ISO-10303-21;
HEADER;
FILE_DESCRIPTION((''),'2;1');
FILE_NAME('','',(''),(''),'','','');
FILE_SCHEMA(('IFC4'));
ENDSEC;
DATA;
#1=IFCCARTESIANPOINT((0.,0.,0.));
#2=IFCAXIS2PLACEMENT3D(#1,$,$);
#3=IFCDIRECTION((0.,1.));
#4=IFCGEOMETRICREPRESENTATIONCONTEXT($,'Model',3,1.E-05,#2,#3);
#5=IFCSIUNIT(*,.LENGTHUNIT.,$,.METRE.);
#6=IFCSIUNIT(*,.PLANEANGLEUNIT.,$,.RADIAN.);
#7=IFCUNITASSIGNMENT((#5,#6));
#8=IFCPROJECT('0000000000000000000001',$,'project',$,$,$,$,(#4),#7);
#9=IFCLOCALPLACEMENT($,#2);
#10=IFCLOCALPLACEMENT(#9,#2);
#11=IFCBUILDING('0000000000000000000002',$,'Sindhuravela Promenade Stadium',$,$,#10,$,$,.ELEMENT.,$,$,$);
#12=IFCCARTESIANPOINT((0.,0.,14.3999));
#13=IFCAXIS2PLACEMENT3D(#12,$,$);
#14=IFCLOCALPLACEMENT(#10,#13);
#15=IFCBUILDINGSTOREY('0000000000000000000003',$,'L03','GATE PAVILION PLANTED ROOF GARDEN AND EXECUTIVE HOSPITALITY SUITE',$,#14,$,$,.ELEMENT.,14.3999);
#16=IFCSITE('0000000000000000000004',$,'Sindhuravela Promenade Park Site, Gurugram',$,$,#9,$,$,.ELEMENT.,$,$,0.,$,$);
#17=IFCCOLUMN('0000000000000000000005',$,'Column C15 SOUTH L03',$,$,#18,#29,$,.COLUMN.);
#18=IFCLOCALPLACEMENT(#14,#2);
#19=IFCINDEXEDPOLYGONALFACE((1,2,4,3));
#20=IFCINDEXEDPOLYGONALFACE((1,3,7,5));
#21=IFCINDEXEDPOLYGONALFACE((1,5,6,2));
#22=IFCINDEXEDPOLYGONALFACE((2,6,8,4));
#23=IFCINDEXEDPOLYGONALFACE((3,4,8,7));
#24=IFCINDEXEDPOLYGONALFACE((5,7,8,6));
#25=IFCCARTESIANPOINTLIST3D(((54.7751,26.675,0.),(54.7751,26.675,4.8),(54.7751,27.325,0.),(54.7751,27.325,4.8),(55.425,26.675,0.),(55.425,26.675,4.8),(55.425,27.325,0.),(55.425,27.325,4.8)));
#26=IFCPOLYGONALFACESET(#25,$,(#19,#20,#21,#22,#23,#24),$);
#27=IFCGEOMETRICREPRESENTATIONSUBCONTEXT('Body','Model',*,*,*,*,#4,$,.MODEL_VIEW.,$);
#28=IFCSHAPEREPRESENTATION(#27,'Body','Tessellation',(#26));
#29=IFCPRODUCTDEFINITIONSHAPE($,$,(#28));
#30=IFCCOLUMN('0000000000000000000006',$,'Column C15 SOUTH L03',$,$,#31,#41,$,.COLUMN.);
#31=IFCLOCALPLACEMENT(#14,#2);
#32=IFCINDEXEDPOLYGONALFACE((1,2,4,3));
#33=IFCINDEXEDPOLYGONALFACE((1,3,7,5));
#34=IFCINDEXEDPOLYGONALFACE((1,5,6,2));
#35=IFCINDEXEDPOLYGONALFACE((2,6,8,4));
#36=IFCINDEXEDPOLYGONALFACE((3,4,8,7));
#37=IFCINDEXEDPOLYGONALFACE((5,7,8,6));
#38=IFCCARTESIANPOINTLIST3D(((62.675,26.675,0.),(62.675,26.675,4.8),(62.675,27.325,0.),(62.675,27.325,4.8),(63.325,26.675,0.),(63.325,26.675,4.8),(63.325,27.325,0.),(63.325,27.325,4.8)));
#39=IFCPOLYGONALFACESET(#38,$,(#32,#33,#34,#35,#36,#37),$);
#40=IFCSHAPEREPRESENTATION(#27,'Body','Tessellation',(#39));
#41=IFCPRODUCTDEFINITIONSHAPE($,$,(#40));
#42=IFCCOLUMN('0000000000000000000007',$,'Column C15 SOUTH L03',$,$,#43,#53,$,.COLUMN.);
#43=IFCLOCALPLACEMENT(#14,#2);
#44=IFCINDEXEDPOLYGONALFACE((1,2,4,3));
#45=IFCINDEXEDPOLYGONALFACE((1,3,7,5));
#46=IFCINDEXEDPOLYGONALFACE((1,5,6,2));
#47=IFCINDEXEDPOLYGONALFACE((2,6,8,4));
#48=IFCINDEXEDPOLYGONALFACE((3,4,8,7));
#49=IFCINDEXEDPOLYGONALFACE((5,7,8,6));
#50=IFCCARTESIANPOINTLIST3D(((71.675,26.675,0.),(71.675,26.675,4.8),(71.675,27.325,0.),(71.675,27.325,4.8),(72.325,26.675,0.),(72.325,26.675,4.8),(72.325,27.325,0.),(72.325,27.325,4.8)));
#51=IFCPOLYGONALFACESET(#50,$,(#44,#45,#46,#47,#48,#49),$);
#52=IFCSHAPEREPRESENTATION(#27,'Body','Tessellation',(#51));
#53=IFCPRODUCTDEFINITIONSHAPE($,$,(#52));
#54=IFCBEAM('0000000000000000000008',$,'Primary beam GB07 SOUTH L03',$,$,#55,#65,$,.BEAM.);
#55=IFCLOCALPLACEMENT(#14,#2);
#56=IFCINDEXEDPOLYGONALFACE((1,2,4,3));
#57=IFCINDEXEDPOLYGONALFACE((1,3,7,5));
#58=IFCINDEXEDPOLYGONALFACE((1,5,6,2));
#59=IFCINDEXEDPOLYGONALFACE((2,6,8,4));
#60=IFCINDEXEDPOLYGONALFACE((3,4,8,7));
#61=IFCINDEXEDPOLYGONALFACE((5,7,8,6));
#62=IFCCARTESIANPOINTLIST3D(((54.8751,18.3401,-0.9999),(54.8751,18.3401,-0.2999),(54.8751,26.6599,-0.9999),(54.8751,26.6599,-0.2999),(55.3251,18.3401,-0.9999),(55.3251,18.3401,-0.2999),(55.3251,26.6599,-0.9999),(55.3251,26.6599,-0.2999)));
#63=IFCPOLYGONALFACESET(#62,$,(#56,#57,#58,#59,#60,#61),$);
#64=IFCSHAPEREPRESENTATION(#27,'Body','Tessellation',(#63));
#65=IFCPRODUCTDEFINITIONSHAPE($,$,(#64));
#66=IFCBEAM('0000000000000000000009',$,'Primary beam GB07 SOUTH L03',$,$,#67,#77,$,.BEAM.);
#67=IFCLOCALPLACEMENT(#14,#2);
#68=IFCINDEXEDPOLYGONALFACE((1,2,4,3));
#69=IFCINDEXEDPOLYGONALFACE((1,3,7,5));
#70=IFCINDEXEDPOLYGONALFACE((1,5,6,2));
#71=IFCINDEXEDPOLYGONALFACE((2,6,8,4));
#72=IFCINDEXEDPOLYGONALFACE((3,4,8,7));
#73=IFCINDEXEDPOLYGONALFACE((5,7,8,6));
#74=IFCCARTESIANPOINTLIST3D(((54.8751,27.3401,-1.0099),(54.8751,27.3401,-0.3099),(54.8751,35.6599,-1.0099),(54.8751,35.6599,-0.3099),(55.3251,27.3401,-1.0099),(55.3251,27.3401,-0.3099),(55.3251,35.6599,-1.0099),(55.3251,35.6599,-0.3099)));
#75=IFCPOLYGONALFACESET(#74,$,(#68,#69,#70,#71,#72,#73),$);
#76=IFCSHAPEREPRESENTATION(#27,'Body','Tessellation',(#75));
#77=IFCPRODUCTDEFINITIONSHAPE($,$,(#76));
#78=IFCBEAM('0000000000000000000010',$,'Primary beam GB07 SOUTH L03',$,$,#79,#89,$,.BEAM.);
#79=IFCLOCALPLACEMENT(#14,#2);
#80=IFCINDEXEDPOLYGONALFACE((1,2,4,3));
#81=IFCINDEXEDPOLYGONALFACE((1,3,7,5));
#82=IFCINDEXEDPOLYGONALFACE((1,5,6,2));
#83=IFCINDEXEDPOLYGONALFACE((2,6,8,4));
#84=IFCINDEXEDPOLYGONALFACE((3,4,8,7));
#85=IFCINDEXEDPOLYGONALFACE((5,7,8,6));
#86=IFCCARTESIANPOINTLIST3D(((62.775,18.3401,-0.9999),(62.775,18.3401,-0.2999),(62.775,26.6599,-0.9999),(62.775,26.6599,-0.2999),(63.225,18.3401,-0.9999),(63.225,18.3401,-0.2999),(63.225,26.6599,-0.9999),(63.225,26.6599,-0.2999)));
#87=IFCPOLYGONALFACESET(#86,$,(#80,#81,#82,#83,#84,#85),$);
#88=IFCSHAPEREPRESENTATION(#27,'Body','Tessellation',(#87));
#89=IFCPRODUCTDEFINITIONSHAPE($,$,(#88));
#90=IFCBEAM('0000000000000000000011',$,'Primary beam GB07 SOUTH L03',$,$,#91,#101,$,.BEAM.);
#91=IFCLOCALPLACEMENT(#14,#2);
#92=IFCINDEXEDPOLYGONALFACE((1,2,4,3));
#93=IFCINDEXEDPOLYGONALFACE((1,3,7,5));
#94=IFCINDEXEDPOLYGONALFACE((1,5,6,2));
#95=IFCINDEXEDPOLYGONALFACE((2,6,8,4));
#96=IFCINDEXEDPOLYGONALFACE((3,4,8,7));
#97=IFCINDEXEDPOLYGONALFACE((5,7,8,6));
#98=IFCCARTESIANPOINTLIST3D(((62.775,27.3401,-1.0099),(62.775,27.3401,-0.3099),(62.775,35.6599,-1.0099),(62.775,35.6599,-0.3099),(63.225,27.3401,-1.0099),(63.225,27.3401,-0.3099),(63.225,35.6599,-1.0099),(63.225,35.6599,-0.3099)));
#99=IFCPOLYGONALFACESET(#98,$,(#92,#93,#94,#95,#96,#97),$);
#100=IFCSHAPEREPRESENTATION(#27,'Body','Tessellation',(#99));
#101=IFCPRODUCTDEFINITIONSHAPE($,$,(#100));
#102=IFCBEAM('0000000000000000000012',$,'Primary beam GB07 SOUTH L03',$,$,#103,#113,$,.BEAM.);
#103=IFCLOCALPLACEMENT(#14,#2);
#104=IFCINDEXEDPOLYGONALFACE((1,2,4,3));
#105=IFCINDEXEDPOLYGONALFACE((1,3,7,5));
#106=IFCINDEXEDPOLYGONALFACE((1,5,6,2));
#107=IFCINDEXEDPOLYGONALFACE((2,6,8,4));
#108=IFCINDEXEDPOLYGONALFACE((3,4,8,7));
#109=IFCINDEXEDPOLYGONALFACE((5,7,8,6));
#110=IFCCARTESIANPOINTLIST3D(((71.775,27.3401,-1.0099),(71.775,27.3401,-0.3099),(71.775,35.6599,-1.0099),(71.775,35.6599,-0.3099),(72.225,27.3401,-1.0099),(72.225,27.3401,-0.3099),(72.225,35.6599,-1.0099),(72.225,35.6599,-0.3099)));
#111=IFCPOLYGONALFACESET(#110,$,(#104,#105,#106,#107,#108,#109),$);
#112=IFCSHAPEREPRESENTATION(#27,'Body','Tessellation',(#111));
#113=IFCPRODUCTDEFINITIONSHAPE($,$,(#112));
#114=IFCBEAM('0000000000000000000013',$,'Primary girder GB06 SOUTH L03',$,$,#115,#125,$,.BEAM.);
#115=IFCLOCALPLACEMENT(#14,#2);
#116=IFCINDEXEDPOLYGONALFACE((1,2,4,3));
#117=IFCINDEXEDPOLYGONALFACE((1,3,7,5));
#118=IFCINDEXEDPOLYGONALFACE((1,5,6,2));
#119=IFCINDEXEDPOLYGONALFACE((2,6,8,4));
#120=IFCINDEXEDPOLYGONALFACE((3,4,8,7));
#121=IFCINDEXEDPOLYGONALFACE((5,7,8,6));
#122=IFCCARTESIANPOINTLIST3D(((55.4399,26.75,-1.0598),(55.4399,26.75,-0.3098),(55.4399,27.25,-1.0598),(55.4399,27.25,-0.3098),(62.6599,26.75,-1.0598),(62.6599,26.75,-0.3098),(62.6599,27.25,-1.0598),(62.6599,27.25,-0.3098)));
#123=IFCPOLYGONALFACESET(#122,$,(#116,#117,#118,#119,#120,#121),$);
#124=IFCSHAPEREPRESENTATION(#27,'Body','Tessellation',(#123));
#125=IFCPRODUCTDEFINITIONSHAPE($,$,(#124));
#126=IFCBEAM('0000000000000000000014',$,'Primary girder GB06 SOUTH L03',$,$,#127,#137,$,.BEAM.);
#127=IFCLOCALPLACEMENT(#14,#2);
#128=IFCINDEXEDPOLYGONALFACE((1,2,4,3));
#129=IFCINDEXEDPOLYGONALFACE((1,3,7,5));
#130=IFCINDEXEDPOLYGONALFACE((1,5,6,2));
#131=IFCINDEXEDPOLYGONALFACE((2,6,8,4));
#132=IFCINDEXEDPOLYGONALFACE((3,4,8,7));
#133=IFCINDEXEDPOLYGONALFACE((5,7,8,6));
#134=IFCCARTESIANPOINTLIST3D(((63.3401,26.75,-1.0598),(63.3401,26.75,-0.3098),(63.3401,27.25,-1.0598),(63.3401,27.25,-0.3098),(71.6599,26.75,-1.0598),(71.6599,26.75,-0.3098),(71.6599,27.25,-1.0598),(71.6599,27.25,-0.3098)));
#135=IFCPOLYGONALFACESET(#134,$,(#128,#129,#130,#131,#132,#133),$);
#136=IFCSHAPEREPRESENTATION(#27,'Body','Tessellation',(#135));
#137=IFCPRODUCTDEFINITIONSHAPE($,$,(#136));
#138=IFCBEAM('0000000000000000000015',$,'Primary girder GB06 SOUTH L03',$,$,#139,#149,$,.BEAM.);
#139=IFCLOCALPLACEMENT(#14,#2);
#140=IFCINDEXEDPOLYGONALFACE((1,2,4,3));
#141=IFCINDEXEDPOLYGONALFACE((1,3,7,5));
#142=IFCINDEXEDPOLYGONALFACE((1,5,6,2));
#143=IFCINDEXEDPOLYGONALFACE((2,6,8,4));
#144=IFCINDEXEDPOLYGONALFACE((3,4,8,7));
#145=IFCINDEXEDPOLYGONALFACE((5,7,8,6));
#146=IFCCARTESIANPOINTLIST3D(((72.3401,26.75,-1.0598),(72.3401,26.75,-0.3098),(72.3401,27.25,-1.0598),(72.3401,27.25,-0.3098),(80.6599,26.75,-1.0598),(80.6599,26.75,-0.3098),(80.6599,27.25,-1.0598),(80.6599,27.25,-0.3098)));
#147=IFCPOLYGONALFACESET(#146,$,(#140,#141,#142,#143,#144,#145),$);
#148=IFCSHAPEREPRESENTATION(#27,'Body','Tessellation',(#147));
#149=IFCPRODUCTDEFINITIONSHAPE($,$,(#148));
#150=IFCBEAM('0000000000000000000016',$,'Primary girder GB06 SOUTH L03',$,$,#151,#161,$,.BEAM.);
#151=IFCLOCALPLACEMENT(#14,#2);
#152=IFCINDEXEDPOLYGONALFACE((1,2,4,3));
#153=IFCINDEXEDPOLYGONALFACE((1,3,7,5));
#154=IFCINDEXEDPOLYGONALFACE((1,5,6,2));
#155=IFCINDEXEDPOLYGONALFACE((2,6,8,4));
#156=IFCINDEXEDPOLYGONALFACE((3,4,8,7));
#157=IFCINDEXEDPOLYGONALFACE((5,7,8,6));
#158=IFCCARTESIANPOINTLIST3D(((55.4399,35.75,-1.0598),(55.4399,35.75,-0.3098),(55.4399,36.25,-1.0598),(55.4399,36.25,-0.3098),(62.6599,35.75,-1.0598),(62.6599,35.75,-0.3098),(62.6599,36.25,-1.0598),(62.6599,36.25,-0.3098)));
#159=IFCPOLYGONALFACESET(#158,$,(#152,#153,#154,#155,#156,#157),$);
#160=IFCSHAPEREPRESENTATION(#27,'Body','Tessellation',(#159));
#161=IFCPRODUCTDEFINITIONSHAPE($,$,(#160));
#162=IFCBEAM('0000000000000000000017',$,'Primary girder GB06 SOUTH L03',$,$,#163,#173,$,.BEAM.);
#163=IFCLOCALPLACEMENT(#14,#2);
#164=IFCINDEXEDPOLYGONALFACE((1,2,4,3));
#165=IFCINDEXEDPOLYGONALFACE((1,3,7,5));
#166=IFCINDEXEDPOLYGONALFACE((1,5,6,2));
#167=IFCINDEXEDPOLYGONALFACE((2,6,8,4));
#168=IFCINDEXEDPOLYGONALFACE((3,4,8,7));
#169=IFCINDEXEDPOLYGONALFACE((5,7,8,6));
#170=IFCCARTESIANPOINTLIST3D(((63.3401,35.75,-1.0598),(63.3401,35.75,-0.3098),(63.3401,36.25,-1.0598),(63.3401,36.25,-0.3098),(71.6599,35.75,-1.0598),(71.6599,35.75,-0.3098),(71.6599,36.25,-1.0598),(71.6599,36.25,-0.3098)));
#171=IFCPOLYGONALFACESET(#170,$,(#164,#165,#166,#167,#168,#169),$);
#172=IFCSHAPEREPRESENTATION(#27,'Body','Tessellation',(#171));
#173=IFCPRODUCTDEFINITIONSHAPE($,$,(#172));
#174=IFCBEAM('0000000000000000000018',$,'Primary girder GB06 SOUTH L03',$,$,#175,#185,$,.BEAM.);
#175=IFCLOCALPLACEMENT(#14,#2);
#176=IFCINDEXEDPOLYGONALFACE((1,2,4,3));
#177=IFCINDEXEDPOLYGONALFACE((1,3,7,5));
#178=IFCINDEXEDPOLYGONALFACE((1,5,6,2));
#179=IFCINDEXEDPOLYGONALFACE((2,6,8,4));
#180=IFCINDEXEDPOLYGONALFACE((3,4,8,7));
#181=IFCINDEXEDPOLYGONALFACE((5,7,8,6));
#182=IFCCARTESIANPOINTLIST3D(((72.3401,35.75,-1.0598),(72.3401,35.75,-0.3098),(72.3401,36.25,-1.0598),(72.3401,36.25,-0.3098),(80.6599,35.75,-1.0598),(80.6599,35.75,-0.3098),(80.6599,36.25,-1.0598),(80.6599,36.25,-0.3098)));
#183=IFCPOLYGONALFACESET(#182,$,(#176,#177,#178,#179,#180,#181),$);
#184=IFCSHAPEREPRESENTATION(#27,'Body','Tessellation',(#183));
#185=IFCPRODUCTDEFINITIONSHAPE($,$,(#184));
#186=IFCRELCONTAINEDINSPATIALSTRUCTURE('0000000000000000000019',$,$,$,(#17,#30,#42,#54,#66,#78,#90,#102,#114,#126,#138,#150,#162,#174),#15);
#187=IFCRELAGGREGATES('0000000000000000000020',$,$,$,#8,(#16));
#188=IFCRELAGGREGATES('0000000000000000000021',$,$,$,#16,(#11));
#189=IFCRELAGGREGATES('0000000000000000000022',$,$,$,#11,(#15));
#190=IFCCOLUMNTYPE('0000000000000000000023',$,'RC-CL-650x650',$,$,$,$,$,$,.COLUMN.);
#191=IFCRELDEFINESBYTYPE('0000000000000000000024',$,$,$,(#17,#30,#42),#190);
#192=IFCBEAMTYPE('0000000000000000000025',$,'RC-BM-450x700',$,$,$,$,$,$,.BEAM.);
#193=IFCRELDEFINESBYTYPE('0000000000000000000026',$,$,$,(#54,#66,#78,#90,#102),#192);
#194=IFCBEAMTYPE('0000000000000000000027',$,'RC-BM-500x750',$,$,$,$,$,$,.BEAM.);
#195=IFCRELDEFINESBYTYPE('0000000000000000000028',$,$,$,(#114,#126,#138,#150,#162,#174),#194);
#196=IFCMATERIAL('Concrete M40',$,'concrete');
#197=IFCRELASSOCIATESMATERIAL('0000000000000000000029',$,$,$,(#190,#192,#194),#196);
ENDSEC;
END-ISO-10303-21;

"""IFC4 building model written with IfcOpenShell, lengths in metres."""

from ifc_helpers import new_model, si_unit, direction, frame, origin, origin_2d, place, context, subcontext, project, spatial, rectangle, extrude, material, material_profile, profile_set, type_object, element, save


model = new_model("IFC4")

# Units and contexts
model_context = context("Model", 3, precision=1e-05, world=origin(), true_north=direction((0.0, 1.0)))
body_context = subcontext(model_context, "Body", "Model", "MODEL_VIEW")
ifc_project = project(units=[si_unit("LENGTHUNIT", "METRE"), si_unit("PLANEANGLEUNIT", "RADIAN")], contexts=[model_context])

# Site, building, storey
site_placement = place(None, origin())
site = spatial("IfcSite", under=ifc_project, at=site_placement, Name="Sindhuravela Promenade Park Site, Gurugram", CompositionType="ELEMENT", RefElevation=0.0)
building_placement = place(site_placement, origin())
building = spatial("IfcBuilding", under=site, at=building_placement, Name="Sindhuravela Promenade Stadium", CompositionType="ELEMENT")
storey_placement = place(building_placement, frame((0.0, 0.0, 14.3999)))
storey = spatial("IfcBuildingStorey", under=building, at=storey_placement, Name="L03", Description="GATE PAVILION PLANTED ROOF GARDEN AND EXECUTIVE HOSPITALITY SUITE", CompositionType="ELEMENT", Elevation=14.3999)

# Columns
ifc_material_1 = material(Name="Concrete M40", Category="concrete")
ifc_material_profile_1 = material_profile(ifc_material_1, rectangle(XDim=0.6499, YDim=0.6499, at=origin_2d()), Name="RC 650x650")
ifc_profile_set_1 = profile_set([ifc_material_profile_1], Name="Concrete M40")
column_type = type_object("IfcColumnType", Name="RC-CL-650x650", PredefinedType="COLUMN", material=ifc_profile_set_1)
for number, where, z_axis, x_axis, name in (
    (1, (55.1001, 27.0, 0.0), (0.0, 0.0, 1.0), (1.0, 0.0, 0.0), "Column C15 SOUTH L03"),
    (2, (63.0, 27.0, 0.0), (0.0, 0.0, 1.0), (1.0, 0.0, 0.0), "Column C15 SOUTH L03"),
    (3, (72.0, 27.0, 0.0), (0.0, 0.0, 1.0), (1.0, 0.0, 0.0), "Column C15 SOUTH L03"),
):
    element("IfcColumn", number, at=place(storey_placement, frame(where, z_axis=z_axis, x_axis=x_axis)), inside=storey, type_object=column_type, Name=name, PredefinedType="COLUMN", context=body_context, shape_type="SweptSolid", body=[
        extrude(rectangle(XDim=0.6499, YDim=0.6499, at=origin_2d()), origin(), (0.0, 0.0, 1.0), 4.8),
    ])

# Beams
ifc_material_profile_2 = material_profile(ifc_material_1, rectangle(XDim=0.45, YDim=0.7, at=origin_2d()), Name="RC 450x700")
ifc_profile_set_2 = profile_set([ifc_material_profile_2], Name="Concrete M40")
beam_type_1 = type_object("IfcBeamType", Name="RC-BM-450x700", PredefinedType="BEAM", material=ifc_profile_set_2)
for number, where, z_axis, x_axis, name in (
    (4, (55.1001, 18.3401, -0.6499), (0.0, 1.0, 0.0), (-1.0, 0.0, 0.0), "Primary beam GB07 SOUTH L03"),
    (5, (55.1001, 27.3401, -0.6599), (0.0, 1.0, 0.0), (-1.0, 0.0, 0.0), "Primary beam GB07 SOUTH L03"),
    (6, (63.0, 18.3401, -0.6499), (0.0, 1.0, 0.0), (-1.0, 0.0, 0.0), "Primary beam GB07 SOUTH L03"),
    (7, (63.0, 27.3401, -0.6599), (0.0, 1.0, 0.0), (-1.0, 0.0, 0.0), "Primary beam GB07 SOUTH L03"),
    (8, (72.0, 27.3401, -0.6599), (0.0, 1.0, 0.0), (-1.0, 0.0, 0.0), "Primary beam GB07 SOUTH L03"),
):
    element("IfcBeam", number, at=place(storey_placement, frame(where, z_axis=z_axis, x_axis=x_axis)), inside=storey, type_object=beam_type_1, Name=name, PredefinedType="BEAM", context=body_context, shape_type="SweptSolid", body=[
        extrude(rectangle(XDim=0.45, YDim=0.7, at=origin_2d()), origin(), (0.0, 0.0, 1.0), 8.3198),
    ])
ifc_material_profile_3 = material_profile(ifc_material_1, rectangle(XDim=0.5, YDim=0.75, at=origin_2d()), Name="RC 500x750")
ifc_profile_set_3 = profile_set([ifc_material_profile_3], Name="Concrete M40")
beam_type_2 = type_object("IfcBeamType", Name="RC-BM-500x750", PredefinedType="BEAM", material=ifc_profile_set_3)
beam_1_placement = place(storey_placement, frame((55.4399, 27.0, -0.6848), z_axis=(1.0, 0.0, 0.0), x_axis=(0.0, 1.0, 0.0)))
element("IfcBeam", 9, at=beam_1_placement, inside=storey, type_object=beam_type_2, Name="Primary girder GB06 SOUTH L03", PredefinedType="BEAM", context=body_context, shape_type="SweptSolid", body=[
    extrude(rectangle(XDim=0.5, YDim=0.75, at=origin_2d()), origin(), (0.0, 0.0, 1.0), 7.22),
])
for number, where, z_axis, x_axis, name in (
    (10, (63.3401, 27.0, -0.6848), (1.0, 0.0, 0.0), (0.0, 1.0, 0.0), "Primary girder GB06 SOUTH L03"),
    (11, (72.3401, 27.0, -0.6848), (1.0, 0.0, 0.0), (0.0, 1.0, 0.0), "Primary girder GB06 SOUTH L03"),
):
    element("IfcBeam", number, at=place(storey_placement, frame(where, z_axis=z_axis, x_axis=x_axis)), inside=storey, type_object=beam_type_2, Name=name, PredefinedType="BEAM", context=body_context, shape_type="SweptSolid", body=[
        extrude(rectangle(XDim=0.5, YDim=0.75, at=origin_2d()), origin(), (0.0, 0.0, 1.0), 8.3198),
    ])
beam_2_placement = place(storey_placement, frame((55.4399, 36.0, -0.6848), z_axis=(1.0, 0.0, 0.0), x_axis=(0.0, 1.0, 0.0)))
element("IfcBeam", 12, at=beam_2_placement, inside=storey, type_object=beam_type_2, Name="Primary girder GB06 SOUTH L03", PredefinedType="BEAM", context=body_context, shape_type="SweptSolid", body=[
    extrude(rectangle(XDim=0.5, YDim=0.75, at=origin_2d()), origin(), (0.0, 0.0, 1.0), 7.22),
])
for number, where, z_axis, x_axis, name in (
    (13, (63.3401, 36.0, -0.6848), (1.0, 0.0, 0.0), (0.0, 1.0, 0.0), "Primary girder GB06 SOUTH L03"),
    (14, (72.3401, 36.0, -0.6848), (1.0, 0.0, 0.0), (0.0, 1.0, 0.0), "Primary girder GB06 SOUTH L03"),
):
    element("IfcBeam", number, at=place(storey_placement, frame(where, z_axis=z_axis, x_axis=x_axis)), inside=storey, type_object=beam_type_2, Name=name, PredefinedType="BEAM", context=body_context, shape_type="SweptSolid", body=[
        extrude(rectangle(XDim=0.5, YDim=0.75, at=origin_2d()), origin(), (0.0, 0.0, 1.0), 8.3198),
    ])

save(model, "model.ifc")
